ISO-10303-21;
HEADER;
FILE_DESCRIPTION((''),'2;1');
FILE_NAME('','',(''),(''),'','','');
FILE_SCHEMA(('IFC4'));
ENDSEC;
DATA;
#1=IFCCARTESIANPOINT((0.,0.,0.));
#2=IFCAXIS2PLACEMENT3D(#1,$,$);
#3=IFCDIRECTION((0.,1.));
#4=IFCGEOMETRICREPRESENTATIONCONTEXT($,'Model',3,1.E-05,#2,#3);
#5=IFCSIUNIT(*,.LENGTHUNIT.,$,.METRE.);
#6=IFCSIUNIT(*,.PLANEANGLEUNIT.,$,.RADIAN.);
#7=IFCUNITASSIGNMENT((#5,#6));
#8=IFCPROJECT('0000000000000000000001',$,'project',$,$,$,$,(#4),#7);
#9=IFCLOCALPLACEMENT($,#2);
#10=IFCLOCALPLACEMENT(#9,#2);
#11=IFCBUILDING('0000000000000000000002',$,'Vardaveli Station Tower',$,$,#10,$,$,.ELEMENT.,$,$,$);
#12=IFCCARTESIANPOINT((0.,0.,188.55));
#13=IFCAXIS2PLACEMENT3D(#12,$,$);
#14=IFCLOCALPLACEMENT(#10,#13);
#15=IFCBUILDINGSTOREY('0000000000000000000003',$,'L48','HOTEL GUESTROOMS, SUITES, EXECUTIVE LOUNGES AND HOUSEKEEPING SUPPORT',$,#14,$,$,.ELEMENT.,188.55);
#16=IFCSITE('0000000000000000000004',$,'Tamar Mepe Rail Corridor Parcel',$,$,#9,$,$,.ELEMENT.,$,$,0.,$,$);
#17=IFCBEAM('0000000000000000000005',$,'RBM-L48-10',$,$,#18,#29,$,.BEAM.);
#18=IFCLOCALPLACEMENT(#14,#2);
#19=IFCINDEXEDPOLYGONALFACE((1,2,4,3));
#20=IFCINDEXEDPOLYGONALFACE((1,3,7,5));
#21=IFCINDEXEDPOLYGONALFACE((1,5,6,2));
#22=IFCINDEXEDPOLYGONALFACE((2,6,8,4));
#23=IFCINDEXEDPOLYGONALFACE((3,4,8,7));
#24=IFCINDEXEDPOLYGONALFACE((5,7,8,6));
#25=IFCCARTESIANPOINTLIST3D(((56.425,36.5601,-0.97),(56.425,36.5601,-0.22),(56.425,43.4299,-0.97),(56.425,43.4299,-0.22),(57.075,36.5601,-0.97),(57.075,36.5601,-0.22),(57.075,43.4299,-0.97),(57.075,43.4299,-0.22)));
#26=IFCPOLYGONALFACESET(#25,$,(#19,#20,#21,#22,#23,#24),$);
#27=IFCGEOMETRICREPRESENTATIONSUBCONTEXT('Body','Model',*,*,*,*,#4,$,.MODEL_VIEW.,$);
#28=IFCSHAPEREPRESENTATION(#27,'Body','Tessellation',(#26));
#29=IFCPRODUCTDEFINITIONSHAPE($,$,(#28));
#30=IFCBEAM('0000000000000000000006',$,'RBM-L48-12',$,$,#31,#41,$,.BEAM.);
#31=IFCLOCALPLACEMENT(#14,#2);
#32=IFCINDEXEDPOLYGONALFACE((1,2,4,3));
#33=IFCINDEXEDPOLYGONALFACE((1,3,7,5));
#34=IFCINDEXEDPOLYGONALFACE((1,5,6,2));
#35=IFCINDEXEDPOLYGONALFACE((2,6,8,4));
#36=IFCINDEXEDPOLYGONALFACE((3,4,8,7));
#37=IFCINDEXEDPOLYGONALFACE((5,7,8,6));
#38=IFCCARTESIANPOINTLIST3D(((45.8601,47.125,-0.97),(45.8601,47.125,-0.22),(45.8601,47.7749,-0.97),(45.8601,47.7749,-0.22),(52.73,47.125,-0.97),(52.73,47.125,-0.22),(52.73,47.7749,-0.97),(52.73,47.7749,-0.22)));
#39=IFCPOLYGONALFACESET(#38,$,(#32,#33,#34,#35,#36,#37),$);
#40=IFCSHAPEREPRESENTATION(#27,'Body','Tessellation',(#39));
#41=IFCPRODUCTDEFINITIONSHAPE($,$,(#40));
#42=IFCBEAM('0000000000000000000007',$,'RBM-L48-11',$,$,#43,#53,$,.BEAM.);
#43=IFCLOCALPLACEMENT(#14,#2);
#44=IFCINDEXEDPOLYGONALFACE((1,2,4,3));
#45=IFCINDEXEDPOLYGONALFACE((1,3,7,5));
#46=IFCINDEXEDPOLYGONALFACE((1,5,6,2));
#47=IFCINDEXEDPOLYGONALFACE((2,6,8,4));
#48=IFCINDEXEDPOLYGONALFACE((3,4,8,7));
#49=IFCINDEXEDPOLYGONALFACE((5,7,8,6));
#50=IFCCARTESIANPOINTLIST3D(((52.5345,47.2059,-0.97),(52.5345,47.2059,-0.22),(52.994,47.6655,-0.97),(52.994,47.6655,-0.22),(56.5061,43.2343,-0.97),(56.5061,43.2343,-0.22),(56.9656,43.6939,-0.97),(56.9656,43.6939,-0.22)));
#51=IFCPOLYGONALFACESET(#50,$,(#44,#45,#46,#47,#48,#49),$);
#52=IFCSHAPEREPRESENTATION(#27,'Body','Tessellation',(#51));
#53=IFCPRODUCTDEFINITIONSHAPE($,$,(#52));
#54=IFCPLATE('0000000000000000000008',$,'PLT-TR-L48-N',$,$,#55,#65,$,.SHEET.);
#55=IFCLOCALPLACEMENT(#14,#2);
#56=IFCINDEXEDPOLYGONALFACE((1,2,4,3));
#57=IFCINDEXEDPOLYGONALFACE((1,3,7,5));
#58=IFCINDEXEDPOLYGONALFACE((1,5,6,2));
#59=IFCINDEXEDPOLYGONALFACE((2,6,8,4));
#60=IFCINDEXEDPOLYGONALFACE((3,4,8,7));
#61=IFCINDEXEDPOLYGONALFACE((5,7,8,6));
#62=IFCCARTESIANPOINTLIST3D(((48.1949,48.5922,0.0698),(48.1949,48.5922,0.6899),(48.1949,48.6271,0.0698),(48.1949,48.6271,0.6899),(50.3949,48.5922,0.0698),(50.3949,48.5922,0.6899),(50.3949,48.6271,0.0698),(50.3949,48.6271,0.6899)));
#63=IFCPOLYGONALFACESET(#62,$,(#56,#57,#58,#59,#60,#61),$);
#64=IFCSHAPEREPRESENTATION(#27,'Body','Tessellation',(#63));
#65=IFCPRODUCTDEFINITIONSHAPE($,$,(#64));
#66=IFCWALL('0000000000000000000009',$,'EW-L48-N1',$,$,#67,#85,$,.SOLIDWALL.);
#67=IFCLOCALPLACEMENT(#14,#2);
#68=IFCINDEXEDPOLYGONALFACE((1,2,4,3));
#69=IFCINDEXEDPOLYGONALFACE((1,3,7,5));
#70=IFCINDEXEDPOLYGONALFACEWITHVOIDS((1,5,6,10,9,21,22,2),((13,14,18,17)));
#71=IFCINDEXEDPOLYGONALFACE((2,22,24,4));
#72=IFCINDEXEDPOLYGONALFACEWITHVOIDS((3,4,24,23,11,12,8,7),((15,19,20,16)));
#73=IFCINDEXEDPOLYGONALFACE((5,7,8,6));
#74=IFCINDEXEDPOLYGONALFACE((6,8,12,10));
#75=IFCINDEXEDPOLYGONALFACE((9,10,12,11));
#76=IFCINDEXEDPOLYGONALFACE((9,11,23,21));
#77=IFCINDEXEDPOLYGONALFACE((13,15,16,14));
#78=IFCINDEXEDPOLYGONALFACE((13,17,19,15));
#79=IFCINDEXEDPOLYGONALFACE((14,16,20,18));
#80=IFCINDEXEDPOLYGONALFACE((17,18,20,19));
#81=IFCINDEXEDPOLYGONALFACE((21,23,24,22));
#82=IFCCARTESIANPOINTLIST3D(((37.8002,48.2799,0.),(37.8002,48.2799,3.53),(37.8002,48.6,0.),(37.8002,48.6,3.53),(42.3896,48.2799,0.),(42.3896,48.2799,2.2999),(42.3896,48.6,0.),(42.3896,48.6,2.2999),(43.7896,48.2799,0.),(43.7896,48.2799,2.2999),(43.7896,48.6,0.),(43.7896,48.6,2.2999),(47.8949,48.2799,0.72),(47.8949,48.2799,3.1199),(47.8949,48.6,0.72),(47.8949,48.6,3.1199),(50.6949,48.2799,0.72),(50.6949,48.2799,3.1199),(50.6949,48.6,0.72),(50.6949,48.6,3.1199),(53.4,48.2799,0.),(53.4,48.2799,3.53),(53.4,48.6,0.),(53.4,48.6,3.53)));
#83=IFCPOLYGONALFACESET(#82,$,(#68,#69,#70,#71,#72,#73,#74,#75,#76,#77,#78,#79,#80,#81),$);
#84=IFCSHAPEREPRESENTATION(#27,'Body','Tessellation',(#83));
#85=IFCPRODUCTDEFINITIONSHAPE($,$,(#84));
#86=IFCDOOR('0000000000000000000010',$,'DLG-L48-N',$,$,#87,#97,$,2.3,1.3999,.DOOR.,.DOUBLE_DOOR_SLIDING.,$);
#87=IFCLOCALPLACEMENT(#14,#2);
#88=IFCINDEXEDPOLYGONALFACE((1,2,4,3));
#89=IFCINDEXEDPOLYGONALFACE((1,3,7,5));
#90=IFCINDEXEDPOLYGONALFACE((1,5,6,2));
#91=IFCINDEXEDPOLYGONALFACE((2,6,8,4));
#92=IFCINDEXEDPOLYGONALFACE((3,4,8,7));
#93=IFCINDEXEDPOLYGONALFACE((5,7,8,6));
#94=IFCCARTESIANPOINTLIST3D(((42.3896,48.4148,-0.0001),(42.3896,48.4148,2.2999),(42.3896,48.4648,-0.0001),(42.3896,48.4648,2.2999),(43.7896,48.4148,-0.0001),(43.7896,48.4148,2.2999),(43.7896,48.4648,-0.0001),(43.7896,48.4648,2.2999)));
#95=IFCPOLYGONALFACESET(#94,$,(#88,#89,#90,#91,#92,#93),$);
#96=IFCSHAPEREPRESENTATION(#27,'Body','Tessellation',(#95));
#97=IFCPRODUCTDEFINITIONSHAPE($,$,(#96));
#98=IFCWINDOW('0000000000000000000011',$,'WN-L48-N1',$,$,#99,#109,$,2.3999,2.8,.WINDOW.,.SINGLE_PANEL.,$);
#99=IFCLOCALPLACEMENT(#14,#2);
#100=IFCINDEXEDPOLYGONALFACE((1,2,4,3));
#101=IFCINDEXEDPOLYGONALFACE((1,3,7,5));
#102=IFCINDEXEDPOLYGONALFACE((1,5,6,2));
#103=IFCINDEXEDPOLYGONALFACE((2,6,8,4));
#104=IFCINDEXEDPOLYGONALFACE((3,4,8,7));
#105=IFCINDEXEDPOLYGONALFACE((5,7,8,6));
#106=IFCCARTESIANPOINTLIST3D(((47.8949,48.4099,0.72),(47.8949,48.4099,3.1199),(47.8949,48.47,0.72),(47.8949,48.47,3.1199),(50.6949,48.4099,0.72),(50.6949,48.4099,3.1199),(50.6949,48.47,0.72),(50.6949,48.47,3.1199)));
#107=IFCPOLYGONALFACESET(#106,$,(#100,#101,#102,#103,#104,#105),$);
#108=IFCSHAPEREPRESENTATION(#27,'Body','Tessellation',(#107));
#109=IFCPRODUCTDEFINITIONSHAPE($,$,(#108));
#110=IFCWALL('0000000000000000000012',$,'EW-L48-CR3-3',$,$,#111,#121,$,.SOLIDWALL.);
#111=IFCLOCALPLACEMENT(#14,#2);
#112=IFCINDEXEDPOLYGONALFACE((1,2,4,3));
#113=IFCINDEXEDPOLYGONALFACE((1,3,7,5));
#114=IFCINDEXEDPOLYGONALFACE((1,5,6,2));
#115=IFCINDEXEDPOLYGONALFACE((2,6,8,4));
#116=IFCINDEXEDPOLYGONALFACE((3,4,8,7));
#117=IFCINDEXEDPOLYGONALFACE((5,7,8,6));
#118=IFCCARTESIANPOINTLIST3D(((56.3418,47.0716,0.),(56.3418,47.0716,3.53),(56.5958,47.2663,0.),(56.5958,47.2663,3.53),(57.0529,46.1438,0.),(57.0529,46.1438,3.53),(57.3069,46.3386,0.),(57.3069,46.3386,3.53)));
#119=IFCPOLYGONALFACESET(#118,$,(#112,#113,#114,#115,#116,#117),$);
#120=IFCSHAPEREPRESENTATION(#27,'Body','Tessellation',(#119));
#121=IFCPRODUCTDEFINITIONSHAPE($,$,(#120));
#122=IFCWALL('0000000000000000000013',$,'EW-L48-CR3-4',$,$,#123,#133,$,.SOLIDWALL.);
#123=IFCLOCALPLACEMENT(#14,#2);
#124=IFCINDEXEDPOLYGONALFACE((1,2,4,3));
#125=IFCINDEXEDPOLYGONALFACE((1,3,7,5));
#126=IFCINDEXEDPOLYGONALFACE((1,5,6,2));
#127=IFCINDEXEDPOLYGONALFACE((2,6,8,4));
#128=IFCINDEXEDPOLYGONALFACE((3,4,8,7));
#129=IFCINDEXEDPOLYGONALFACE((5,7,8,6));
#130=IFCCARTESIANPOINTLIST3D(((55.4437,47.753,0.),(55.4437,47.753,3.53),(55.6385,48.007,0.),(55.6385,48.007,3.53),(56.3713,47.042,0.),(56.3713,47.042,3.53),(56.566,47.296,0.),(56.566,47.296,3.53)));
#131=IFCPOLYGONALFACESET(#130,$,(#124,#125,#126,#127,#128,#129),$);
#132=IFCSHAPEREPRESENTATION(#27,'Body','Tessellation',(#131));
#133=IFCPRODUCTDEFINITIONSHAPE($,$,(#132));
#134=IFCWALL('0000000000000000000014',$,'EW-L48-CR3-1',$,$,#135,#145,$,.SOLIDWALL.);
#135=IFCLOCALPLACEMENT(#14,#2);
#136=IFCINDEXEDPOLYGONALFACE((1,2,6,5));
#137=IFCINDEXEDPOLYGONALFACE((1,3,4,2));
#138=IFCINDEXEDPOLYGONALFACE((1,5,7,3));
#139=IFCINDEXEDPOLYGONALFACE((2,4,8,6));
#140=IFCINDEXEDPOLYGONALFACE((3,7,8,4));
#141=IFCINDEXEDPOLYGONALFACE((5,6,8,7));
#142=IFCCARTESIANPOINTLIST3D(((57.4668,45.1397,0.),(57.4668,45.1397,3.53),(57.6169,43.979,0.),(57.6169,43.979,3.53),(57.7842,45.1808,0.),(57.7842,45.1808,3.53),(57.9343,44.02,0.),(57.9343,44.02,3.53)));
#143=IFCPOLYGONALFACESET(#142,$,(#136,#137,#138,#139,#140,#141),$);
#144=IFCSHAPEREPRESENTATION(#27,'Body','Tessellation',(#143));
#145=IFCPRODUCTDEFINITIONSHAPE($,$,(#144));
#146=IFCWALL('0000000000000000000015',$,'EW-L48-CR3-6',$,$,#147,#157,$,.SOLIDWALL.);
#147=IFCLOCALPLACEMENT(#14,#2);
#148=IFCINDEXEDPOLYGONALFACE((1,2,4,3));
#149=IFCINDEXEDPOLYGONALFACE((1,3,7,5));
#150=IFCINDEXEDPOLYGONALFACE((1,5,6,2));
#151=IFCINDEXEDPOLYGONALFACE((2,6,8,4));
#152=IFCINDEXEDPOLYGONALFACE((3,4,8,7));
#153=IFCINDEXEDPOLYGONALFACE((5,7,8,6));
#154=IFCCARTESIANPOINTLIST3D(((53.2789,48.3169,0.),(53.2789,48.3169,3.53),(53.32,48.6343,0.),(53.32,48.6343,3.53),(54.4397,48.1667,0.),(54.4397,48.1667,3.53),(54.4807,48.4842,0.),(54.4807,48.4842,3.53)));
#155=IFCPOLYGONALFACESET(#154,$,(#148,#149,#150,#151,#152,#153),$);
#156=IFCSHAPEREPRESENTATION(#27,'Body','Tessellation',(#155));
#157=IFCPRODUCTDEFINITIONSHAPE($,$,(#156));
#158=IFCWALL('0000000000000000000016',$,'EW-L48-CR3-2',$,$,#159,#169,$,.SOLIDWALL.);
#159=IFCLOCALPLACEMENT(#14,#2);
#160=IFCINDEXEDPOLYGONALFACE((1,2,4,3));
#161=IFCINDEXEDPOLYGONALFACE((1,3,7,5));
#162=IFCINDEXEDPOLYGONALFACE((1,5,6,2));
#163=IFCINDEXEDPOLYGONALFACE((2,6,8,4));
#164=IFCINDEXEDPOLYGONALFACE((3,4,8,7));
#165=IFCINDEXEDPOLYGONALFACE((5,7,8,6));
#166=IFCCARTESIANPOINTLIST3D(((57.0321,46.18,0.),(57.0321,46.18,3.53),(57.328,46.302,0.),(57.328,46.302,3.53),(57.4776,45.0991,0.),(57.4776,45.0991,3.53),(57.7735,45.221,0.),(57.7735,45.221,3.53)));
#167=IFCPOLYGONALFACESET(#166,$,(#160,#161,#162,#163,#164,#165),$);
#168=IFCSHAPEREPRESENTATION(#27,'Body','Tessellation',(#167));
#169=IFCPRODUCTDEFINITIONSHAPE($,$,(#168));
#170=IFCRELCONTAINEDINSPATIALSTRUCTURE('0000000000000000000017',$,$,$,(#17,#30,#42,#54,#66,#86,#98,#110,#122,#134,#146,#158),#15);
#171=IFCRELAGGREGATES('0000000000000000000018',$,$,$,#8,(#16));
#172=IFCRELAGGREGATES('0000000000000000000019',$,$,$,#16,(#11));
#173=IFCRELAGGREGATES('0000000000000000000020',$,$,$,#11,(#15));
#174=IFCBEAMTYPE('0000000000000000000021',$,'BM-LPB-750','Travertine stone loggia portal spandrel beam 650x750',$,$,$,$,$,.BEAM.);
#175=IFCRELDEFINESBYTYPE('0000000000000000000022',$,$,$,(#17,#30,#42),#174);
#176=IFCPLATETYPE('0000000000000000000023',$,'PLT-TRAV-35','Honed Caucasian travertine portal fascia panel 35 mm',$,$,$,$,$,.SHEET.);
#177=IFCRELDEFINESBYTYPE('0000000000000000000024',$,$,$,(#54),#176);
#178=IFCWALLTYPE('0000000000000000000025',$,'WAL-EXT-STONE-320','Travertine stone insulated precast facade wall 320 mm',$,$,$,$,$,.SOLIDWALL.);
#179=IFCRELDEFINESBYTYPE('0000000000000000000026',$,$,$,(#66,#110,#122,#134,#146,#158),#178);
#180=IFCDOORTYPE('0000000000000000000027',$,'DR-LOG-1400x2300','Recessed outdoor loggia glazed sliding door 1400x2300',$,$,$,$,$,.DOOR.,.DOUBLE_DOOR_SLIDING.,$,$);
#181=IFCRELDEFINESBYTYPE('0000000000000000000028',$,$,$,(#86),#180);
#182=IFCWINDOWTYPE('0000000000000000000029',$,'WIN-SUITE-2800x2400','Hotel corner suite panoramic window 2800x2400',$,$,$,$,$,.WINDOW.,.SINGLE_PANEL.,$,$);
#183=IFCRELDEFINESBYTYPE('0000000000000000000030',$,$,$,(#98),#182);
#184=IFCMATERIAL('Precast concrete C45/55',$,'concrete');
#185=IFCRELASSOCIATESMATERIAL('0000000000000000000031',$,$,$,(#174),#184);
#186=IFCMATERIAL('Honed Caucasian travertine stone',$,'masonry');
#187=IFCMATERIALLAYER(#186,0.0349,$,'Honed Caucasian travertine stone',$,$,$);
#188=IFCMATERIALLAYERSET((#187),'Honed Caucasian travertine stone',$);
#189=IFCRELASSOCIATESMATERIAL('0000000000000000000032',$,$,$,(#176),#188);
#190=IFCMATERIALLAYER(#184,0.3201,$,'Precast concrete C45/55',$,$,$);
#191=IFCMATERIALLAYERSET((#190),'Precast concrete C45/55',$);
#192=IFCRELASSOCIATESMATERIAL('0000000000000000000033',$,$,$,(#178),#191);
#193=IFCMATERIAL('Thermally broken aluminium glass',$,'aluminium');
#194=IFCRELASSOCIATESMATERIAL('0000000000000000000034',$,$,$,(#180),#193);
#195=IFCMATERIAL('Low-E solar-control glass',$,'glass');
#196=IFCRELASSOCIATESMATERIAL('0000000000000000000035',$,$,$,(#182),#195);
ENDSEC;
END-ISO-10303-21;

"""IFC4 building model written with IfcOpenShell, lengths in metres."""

from ifc_helpers import new_model, si_unit, direction, frame, frame_2d, origin, origin_2d, place, context, subcontext, project, spatial, rectangle, extrude, source, transform, mapped, material, layer, layer_set, material_profile, profile_set, type_object, element, fill, save


model = new_model("IFC4")

# Units and contexts
model_context = context("Model", 3, precision=1e-05, world=origin(), true_north=direction((0.0, 1.0)))
body_context = subcontext(model_context, "Body", "Model", "MODEL_VIEW")
ifc_project = project(units=[si_unit("LENGTHUNIT", "METRE"), si_unit("PLANEANGLEUNIT", "RADIAN")], contexts=[model_context])

# Site, building, storey
site_placement = place(None, origin())
site = spatial("IfcSite", under=ifc_project, at=site_placement, Name="Tamar Mepe Rail Corridor Parcel", CompositionType="ELEMENT", RefElevation=0.0)
building_placement = place(site_placement, origin())
building = spatial("IfcBuilding", under=site, at=building_placement, Name="Vardaveli Station Tower", CompositionType="ELEMENT")
storey_placement = place(building_placement, frame((0.0, 0.0, 188.55)))
storey = spatial("IfcBuildingStorey", under=building, at=storey_placement, Name="L48", Description="HOTEL GUESTROOMS, SUITES, EXECUTIVE LOUNGES AND HOUSEKEEPING SUPPORT", CompositionType="ELEMENT", Elevation=188.55)

# Beams
ifc_material_1 = material(Name="Precast concrete C45/55", Category="concrete")
ifc_material_profile_1 = material_profile(ifc_material_1, rectangle(XDim=0.6499, YDim=0.75, at=origin_2d()), Name="LPB 650x750")
ifc_profile_set_1 = profile_set([ifc_material_profile_1], Name="Precast concrete C45/55")
beam_type = type_object("IfcBeamType", Name="BM-LPB-750", Description="Travertine stone loggia portal spandrel beam 650x750", PredefinedType="BEAM", material=ifc_profile_set_1)
shared_shape_1 = source(origin(), body_context, "Body", "SweptSolid", [
    extrude(rectangle(XDim=0.6499, YDim=0.75, at=origin_2d()), origin(), (0.0, 0.0, 1.0), 6.8699),
])
for number, where, z_axis, x_axis, name in (
    (1, (56.75, 36.5601, -0.595), (0.0, 1.0, 0.0), (-1.0, 0.0, 0.0), "RBM-L48-10"),
    (2, (52.73, 47.45, -0.595), (-1.0, 0.0, 0.0), (0.0, -1.0, 0.0), "RBM-L48-12"),
):
    element("IfcBeam", number, at=place(storey_placement, frame(where, z_axis=z_axis, x_axis=x_axis)), inside=storey, type_object=beam_type, Name=name, PredefinedType="BEAM", context=body_context, shape_type="MappedRepresentation", body=[
        mapped(shared_shape_1, transform((0.0, 0.0, 0.0), scale=1.0)),
    ])
shared_shape_2 = source(origin(), body_context, "Body", "SweptSolid", [
    extrude(rectangle(XDim=0.6499, YDim=0.75, at=origin_2d()), origin(), (0.0, 0.0, 1.0), 5.6167),
])
beam_1_placement = place(storey_placement, frame((56.7358, 43.4641, -0.595), z_axis=(-0.707107, 0.707107, 0.0), x_axis=(-0.707107, -0.707107, 0.0)))
element("IfcBeam", 3, at=beam_1_placement, inside=storey, type_object=beam_type, Name="RBM-L48-11", PredefinedType="BEAM", context=body_context, shape_type="MappedRepresentation", body=[
    mapped(shared_shape_2, transform((0.0, 0.0, 0.0), scale=1.0)),
])

# Plate
ifc_material_2 = material(Name="Honed Caucasian travertine stone", Category="masonry")
ifc_layer_1 = layer(ifc_material_2, 0.0349, Name="Honed Caucasian travertine stone")
ifc_layer_set_1 = layer_set([ifc_layer_1], Name="Honed Caucasian travertine stone")
plate_type = type_object("IfcPlateType", Name="PLT-TRAV-35", Description="Honed Caucasian travertine portal fascia panel 35 mm", PredefinedType="SHEET", material=ifc_layer_set_1)
shared_shape_3 = source(origin(), body_context, "Body", "SweptSolid", [
    extrude(rectangle(XDim=2.2, YDim=0.0349, at=origin_2d()), origin(), (0.0, 0.0, 1.0), 0.6201),
])
plate_placement = place(storey_placement, frame((49.2949, 48.6096, 0.0698), z_axis=(0.0, 0.0, 1.0), x_axis=(1.0, 0.0, 0.0)))
element("IfcPlate", 4, at=plate_placement, inside=storey, type_object=plate_type, Name="PLT-TR-L48-N", PredefinedType="SHEET", context=body_context, shape_type="MappedRepresentation", body=[
    mapped(shared_shape_3, transform((0.0, 0.0, 0.0), scale=1.0)),
])

# Wall, openings, door, window
ifc_layer_2 = layer(ifc_material_1, 0.3201, Name="Precast concrete C45/55")
ifc_layer_set_2 = layer_set([ifc_layer_2], Name="Precast concrete C45/55")
wall_type = type_object("IfcWallType", Name="WAL-EXT-STONE-320", Description="Travertine stone insulated precast facade wall 320 mm", PredefinedType="SOLIDWALL", material=ifc_layer_set_2)
shared_shape_4 = source(origin(), body_context, "Body", "SweptSolid", [
    extrude(rectangle(XDim=15.5999, YDim=0.3201, at=frame_2d((7.7998, 0.0))), origin(), (0.0, 0.0, 1.0), 3.53),
])
wall_1_placement = place(storey_placement, frame((53.3999, 48.4399, 0.0), z_axis=(0.0, 0.0, 1.0), x_axis=(-1.0, 0.0, 0.0)))
wall_1 = element("IfcWall", 5, at=wall_1_placement, inside=storey, type_object=wall_type, Name="EW-L48-N1", PredefinedType="SOLIDWALL", context=body_context, shape_type="MappedRepresentation", body=[
    mapped(shared_shape_4, transform((0.0, 0.0, 0.0), scale=1.0)),
])
shared_shape_5 = source(origin(), body_context, "Body", "SweptSolid", [
    extrude(rectangle(XDim=1.3999, YDim=2.3, at=frame_2d((0.7, 1.1499))), frame((0.0, 0.1699, 0.0), z_axis=(0.0, -1.0, 0.0), x_axis=(1.0, 0.0, 0.0)), (0.0, 0.0, 1.0), 0.3401),
])
opening_1_placement = place(wall_1_placement, frame((9.6104, 0.0, 0.0)))
opening_1 = element("IfcOpeningElement", 6, at=opening_1_placement, cuts=wall_1, PredefinedType="OPENING", context=body_context, shape_type="MappedRepresentation", body=[
    mapped(shared_shape_5, transform((0.0, 0.0, 0.0), scale=1.0)),
])
shared_shape_6 = source(origin(), body_context, "Body", "SweptSolid", [
    extrude(rectangle(XDim=2.8, YDim=2.3999, at=frame_2d((1.3999, 1.2))), frame((0.0, 0.1699, 0.0), z_axis=(0.0, -1.0, 0.0), x_axis=(1.0, 0.0, 0.0)), (0.0, 0.0, 1.0), 0.3401),
])
opening_2_placement = place(wall_1_placement, frame((2.7051, 0.0, 0.72)))
opening_2 = element("IfcOpeningElement", 7, at=opening_2_placement, cuts=wall_1, PredefinedType="OPENING", context=body_context, shape_type="MappedRepresentation", body=[
    mapped(shared_shape_6, transform((0.0, 0.0, 0.0), scale=1.0)),
])
ifc_material_3 = material(Name="Thermally broken aluminium glass", Category="aluminium")
door_type = type_object("IfcDoorType", Name="DR-LOG-1400x2300", Description="Recessed outdoor loggia glazed sliding door 1400x2300", OperationType="DOUBLE_DOOR_SLIDING", PredefinedType="DOOR", material=ifc_material_3)
shared_shape_7 = source(origin(), body_context, "Body", "SweptSolid", [
    extrude(rectangle(XDim=1.3999, YDim=2.3, at=frame_2d((0.7, 1.1499))), frame((0.0, 0.0249, 0.0), z_axis=(0.0, -1.0, 0.0), x_axis=(1.0, 0.0, 0.0)), (0.0, 0.0, 1.0), 0.05),
])
door_placement = place(opening_1_placement, frame((1.3999, 0.0, 0.0), z_axis=(0.0, 0.0, 1.0), x_axis=(-1.0, 0.0, 0.0)))
door = element("IfcDoor", 8, at=door_placement, inside=storey, type_object=door_type, Name="DLG-L48-N", OperationType="DOUBLE_DOOR_SLIDING", OverallHeight=2.3, OverallWidth=1.3999, PredefinedType="DOOR", context=body_context, shape_type="MappedRepresentation", body=[
    mapped(shared_shape_7, transform((0.0, 0.0, 0.0), scale=1.0)),
])
fill(opening_1, door)
ifc_material_4 = material(Name="Low-E solar-control glass", Category="glass")
window_type = type_object("IfcWindowType", Name="WIN-SUITE-2800x2400", Description="Hotel corner suite panoramic window 2800x2400", PartitioningType="SINGLE_PANEL", PredefinedType="WINDOW", material=ifc_material_4)
shared_shape_8 = source(origin(), body_context, "Body", "SweptSolid", [
    extrude(rectangle(XDim=2.8, YDim=2.3999, at=frame_2d((1.3999, 1.2))), frame((0.0, 0.03, 0.0), z_axis=(0.0, -1.0, 0.0), x_axis=(1.0, 0.0, 0.0)), (0.0, 0.0, 1.0), 0.0601),
])
window_placement = place(opening_2_placement, origin())
window = element("IfcWindow", 9, at=window_placement, inside=storey, type_object=window_type, Name="WN-L48-N1", OverallHeight=2.3999, OverallWidth=2.8, PartitioningType="SINGLE_PANEL", PredefinedType="WINDOW", context=body_context, shape_type="MappedRepresentation", body=[
    mapped(shared_shape_8, transform((0.0, 0.0, 0.0), scale=1.0)),
])
fill(opening_2, window)

# Walls
shared_shape_9 = source(origin(), body_context, "Body", "SweptSolid", [
    extrude(rectangle(XDim=1.1689, YDim=0.3201, at=frame_2d((0.5845, 0.0))), origin(), (0.0, 0.0, 1.0), 3.53),
])
wall_2_placement = place(storey_placement, frame((57.1799, 46.2412, 0.0), z_axis=(0.0, 0.0, 1.0), x_axis=(-0.608388, 0.79364, 0.0)))
element("IfcWall", 10, at=wall_2_placement, inside=storey, type_object=wall_type, Name="EW-L48-CR3-3", PredefinedType="SOLIDWALL", context=body_context, shape_type="MappedRepresentation", body=[
    mapped(shared_shape_9, transform((0.0, 0.0, 0.0), scale=1.0)),
])
shared_shape_10 = source(origin(), body_context, "Body", "SweptSolid", [
    extrude(rectangle(XDim=1.1687, YDim=0.3201, at=frame_2d((0.5845, 0.0))), origin(), (0.0, 0.0, 1.0), 3.53),
])
wall_3_placement = place(storey_placement, frame((56.4688, 47.1689, 0.0), z_axis=(0.0, 0.0, 1.0), x_axis=(-0.793664, 0.608357, 0.0)))
element("IfcWall", 11, at=wall_3_placement, inside=storey, type_object=wall_type, Name="EW-L48-CR3-4", PredefinedType="SOLIDWALL", context=body_context, shape_type="MappedRepresentation", body=[
    mapped(shared_shape_10, transform((0.0, 0.0, 0.0), scale=1.0)),
])
shared_shape_11 = source(origin(), body_context, "Body", "SweptSolid", [
    extrude(rectangle(XDim=1.1704, YDim=0.3201, at=frame_2d((0.5852, 0.0))), origin(), (0.0, 0.0, 1.0), 3.53),
])
for number, where, z_axis, x_axis, name in (
    (12, (57.7756, 43.9995, 0.0), (0.0, 0.0, 1.0), (-0.128296, 0.991736, 0.0), "EW-L48-CR3-1"),
    (13, (54.4602, 48.3254, 0.0), (0.0, 0.0, 1.0), (-0.991736, 0.128296, 0.0), "EW-L48-CR3-6"),
):
    element("IfcWall", number, at=place(storey_placement, frame(where, z_axis=z_axis, x_axis=x_axis)), inside=storey, type_object=wall_type, Name=name, PredefinedType="SOLIDWALL", context=body_context, shape_type="MappedRepresentation", body=[
        mapped(shared_shape_11, transform((0.0, 0.0, 0.0), scale=1.0)),
    ])
shared_shape_12 = source(origin(), body_context, "Body", "SweptSolid", [
    extrude(rectangle(XDim=1.1692, YDim=0.3201, at=frame_2d((0.5845, 0.0))), origin(), (0.0, 0.0, 1.0), 3.53),
])
for number, where, z_axis, x_axis, name in (
    (14, (57.6255, 45.1602, 0.0), (0.0, 0.0, 1.0), (-0.381054, 0.924553, 0.0), "EW-L48-CR3-2"),
):
    element("IfcWall", number, at=place(storey_placement, frame(where, z_axis=z_axis, x_axis=x_axis)), inside=storey, type_object=wall_type, Name=name, PredefinedType="SOLIDWALL", context=body_context, shape_type="MappedRepresentation", body=[
        mapped(shared_shape_12, transform((0.0, 0.0, 0.0), scale=1.0)),
    ])

save(model, "model.ifc")
